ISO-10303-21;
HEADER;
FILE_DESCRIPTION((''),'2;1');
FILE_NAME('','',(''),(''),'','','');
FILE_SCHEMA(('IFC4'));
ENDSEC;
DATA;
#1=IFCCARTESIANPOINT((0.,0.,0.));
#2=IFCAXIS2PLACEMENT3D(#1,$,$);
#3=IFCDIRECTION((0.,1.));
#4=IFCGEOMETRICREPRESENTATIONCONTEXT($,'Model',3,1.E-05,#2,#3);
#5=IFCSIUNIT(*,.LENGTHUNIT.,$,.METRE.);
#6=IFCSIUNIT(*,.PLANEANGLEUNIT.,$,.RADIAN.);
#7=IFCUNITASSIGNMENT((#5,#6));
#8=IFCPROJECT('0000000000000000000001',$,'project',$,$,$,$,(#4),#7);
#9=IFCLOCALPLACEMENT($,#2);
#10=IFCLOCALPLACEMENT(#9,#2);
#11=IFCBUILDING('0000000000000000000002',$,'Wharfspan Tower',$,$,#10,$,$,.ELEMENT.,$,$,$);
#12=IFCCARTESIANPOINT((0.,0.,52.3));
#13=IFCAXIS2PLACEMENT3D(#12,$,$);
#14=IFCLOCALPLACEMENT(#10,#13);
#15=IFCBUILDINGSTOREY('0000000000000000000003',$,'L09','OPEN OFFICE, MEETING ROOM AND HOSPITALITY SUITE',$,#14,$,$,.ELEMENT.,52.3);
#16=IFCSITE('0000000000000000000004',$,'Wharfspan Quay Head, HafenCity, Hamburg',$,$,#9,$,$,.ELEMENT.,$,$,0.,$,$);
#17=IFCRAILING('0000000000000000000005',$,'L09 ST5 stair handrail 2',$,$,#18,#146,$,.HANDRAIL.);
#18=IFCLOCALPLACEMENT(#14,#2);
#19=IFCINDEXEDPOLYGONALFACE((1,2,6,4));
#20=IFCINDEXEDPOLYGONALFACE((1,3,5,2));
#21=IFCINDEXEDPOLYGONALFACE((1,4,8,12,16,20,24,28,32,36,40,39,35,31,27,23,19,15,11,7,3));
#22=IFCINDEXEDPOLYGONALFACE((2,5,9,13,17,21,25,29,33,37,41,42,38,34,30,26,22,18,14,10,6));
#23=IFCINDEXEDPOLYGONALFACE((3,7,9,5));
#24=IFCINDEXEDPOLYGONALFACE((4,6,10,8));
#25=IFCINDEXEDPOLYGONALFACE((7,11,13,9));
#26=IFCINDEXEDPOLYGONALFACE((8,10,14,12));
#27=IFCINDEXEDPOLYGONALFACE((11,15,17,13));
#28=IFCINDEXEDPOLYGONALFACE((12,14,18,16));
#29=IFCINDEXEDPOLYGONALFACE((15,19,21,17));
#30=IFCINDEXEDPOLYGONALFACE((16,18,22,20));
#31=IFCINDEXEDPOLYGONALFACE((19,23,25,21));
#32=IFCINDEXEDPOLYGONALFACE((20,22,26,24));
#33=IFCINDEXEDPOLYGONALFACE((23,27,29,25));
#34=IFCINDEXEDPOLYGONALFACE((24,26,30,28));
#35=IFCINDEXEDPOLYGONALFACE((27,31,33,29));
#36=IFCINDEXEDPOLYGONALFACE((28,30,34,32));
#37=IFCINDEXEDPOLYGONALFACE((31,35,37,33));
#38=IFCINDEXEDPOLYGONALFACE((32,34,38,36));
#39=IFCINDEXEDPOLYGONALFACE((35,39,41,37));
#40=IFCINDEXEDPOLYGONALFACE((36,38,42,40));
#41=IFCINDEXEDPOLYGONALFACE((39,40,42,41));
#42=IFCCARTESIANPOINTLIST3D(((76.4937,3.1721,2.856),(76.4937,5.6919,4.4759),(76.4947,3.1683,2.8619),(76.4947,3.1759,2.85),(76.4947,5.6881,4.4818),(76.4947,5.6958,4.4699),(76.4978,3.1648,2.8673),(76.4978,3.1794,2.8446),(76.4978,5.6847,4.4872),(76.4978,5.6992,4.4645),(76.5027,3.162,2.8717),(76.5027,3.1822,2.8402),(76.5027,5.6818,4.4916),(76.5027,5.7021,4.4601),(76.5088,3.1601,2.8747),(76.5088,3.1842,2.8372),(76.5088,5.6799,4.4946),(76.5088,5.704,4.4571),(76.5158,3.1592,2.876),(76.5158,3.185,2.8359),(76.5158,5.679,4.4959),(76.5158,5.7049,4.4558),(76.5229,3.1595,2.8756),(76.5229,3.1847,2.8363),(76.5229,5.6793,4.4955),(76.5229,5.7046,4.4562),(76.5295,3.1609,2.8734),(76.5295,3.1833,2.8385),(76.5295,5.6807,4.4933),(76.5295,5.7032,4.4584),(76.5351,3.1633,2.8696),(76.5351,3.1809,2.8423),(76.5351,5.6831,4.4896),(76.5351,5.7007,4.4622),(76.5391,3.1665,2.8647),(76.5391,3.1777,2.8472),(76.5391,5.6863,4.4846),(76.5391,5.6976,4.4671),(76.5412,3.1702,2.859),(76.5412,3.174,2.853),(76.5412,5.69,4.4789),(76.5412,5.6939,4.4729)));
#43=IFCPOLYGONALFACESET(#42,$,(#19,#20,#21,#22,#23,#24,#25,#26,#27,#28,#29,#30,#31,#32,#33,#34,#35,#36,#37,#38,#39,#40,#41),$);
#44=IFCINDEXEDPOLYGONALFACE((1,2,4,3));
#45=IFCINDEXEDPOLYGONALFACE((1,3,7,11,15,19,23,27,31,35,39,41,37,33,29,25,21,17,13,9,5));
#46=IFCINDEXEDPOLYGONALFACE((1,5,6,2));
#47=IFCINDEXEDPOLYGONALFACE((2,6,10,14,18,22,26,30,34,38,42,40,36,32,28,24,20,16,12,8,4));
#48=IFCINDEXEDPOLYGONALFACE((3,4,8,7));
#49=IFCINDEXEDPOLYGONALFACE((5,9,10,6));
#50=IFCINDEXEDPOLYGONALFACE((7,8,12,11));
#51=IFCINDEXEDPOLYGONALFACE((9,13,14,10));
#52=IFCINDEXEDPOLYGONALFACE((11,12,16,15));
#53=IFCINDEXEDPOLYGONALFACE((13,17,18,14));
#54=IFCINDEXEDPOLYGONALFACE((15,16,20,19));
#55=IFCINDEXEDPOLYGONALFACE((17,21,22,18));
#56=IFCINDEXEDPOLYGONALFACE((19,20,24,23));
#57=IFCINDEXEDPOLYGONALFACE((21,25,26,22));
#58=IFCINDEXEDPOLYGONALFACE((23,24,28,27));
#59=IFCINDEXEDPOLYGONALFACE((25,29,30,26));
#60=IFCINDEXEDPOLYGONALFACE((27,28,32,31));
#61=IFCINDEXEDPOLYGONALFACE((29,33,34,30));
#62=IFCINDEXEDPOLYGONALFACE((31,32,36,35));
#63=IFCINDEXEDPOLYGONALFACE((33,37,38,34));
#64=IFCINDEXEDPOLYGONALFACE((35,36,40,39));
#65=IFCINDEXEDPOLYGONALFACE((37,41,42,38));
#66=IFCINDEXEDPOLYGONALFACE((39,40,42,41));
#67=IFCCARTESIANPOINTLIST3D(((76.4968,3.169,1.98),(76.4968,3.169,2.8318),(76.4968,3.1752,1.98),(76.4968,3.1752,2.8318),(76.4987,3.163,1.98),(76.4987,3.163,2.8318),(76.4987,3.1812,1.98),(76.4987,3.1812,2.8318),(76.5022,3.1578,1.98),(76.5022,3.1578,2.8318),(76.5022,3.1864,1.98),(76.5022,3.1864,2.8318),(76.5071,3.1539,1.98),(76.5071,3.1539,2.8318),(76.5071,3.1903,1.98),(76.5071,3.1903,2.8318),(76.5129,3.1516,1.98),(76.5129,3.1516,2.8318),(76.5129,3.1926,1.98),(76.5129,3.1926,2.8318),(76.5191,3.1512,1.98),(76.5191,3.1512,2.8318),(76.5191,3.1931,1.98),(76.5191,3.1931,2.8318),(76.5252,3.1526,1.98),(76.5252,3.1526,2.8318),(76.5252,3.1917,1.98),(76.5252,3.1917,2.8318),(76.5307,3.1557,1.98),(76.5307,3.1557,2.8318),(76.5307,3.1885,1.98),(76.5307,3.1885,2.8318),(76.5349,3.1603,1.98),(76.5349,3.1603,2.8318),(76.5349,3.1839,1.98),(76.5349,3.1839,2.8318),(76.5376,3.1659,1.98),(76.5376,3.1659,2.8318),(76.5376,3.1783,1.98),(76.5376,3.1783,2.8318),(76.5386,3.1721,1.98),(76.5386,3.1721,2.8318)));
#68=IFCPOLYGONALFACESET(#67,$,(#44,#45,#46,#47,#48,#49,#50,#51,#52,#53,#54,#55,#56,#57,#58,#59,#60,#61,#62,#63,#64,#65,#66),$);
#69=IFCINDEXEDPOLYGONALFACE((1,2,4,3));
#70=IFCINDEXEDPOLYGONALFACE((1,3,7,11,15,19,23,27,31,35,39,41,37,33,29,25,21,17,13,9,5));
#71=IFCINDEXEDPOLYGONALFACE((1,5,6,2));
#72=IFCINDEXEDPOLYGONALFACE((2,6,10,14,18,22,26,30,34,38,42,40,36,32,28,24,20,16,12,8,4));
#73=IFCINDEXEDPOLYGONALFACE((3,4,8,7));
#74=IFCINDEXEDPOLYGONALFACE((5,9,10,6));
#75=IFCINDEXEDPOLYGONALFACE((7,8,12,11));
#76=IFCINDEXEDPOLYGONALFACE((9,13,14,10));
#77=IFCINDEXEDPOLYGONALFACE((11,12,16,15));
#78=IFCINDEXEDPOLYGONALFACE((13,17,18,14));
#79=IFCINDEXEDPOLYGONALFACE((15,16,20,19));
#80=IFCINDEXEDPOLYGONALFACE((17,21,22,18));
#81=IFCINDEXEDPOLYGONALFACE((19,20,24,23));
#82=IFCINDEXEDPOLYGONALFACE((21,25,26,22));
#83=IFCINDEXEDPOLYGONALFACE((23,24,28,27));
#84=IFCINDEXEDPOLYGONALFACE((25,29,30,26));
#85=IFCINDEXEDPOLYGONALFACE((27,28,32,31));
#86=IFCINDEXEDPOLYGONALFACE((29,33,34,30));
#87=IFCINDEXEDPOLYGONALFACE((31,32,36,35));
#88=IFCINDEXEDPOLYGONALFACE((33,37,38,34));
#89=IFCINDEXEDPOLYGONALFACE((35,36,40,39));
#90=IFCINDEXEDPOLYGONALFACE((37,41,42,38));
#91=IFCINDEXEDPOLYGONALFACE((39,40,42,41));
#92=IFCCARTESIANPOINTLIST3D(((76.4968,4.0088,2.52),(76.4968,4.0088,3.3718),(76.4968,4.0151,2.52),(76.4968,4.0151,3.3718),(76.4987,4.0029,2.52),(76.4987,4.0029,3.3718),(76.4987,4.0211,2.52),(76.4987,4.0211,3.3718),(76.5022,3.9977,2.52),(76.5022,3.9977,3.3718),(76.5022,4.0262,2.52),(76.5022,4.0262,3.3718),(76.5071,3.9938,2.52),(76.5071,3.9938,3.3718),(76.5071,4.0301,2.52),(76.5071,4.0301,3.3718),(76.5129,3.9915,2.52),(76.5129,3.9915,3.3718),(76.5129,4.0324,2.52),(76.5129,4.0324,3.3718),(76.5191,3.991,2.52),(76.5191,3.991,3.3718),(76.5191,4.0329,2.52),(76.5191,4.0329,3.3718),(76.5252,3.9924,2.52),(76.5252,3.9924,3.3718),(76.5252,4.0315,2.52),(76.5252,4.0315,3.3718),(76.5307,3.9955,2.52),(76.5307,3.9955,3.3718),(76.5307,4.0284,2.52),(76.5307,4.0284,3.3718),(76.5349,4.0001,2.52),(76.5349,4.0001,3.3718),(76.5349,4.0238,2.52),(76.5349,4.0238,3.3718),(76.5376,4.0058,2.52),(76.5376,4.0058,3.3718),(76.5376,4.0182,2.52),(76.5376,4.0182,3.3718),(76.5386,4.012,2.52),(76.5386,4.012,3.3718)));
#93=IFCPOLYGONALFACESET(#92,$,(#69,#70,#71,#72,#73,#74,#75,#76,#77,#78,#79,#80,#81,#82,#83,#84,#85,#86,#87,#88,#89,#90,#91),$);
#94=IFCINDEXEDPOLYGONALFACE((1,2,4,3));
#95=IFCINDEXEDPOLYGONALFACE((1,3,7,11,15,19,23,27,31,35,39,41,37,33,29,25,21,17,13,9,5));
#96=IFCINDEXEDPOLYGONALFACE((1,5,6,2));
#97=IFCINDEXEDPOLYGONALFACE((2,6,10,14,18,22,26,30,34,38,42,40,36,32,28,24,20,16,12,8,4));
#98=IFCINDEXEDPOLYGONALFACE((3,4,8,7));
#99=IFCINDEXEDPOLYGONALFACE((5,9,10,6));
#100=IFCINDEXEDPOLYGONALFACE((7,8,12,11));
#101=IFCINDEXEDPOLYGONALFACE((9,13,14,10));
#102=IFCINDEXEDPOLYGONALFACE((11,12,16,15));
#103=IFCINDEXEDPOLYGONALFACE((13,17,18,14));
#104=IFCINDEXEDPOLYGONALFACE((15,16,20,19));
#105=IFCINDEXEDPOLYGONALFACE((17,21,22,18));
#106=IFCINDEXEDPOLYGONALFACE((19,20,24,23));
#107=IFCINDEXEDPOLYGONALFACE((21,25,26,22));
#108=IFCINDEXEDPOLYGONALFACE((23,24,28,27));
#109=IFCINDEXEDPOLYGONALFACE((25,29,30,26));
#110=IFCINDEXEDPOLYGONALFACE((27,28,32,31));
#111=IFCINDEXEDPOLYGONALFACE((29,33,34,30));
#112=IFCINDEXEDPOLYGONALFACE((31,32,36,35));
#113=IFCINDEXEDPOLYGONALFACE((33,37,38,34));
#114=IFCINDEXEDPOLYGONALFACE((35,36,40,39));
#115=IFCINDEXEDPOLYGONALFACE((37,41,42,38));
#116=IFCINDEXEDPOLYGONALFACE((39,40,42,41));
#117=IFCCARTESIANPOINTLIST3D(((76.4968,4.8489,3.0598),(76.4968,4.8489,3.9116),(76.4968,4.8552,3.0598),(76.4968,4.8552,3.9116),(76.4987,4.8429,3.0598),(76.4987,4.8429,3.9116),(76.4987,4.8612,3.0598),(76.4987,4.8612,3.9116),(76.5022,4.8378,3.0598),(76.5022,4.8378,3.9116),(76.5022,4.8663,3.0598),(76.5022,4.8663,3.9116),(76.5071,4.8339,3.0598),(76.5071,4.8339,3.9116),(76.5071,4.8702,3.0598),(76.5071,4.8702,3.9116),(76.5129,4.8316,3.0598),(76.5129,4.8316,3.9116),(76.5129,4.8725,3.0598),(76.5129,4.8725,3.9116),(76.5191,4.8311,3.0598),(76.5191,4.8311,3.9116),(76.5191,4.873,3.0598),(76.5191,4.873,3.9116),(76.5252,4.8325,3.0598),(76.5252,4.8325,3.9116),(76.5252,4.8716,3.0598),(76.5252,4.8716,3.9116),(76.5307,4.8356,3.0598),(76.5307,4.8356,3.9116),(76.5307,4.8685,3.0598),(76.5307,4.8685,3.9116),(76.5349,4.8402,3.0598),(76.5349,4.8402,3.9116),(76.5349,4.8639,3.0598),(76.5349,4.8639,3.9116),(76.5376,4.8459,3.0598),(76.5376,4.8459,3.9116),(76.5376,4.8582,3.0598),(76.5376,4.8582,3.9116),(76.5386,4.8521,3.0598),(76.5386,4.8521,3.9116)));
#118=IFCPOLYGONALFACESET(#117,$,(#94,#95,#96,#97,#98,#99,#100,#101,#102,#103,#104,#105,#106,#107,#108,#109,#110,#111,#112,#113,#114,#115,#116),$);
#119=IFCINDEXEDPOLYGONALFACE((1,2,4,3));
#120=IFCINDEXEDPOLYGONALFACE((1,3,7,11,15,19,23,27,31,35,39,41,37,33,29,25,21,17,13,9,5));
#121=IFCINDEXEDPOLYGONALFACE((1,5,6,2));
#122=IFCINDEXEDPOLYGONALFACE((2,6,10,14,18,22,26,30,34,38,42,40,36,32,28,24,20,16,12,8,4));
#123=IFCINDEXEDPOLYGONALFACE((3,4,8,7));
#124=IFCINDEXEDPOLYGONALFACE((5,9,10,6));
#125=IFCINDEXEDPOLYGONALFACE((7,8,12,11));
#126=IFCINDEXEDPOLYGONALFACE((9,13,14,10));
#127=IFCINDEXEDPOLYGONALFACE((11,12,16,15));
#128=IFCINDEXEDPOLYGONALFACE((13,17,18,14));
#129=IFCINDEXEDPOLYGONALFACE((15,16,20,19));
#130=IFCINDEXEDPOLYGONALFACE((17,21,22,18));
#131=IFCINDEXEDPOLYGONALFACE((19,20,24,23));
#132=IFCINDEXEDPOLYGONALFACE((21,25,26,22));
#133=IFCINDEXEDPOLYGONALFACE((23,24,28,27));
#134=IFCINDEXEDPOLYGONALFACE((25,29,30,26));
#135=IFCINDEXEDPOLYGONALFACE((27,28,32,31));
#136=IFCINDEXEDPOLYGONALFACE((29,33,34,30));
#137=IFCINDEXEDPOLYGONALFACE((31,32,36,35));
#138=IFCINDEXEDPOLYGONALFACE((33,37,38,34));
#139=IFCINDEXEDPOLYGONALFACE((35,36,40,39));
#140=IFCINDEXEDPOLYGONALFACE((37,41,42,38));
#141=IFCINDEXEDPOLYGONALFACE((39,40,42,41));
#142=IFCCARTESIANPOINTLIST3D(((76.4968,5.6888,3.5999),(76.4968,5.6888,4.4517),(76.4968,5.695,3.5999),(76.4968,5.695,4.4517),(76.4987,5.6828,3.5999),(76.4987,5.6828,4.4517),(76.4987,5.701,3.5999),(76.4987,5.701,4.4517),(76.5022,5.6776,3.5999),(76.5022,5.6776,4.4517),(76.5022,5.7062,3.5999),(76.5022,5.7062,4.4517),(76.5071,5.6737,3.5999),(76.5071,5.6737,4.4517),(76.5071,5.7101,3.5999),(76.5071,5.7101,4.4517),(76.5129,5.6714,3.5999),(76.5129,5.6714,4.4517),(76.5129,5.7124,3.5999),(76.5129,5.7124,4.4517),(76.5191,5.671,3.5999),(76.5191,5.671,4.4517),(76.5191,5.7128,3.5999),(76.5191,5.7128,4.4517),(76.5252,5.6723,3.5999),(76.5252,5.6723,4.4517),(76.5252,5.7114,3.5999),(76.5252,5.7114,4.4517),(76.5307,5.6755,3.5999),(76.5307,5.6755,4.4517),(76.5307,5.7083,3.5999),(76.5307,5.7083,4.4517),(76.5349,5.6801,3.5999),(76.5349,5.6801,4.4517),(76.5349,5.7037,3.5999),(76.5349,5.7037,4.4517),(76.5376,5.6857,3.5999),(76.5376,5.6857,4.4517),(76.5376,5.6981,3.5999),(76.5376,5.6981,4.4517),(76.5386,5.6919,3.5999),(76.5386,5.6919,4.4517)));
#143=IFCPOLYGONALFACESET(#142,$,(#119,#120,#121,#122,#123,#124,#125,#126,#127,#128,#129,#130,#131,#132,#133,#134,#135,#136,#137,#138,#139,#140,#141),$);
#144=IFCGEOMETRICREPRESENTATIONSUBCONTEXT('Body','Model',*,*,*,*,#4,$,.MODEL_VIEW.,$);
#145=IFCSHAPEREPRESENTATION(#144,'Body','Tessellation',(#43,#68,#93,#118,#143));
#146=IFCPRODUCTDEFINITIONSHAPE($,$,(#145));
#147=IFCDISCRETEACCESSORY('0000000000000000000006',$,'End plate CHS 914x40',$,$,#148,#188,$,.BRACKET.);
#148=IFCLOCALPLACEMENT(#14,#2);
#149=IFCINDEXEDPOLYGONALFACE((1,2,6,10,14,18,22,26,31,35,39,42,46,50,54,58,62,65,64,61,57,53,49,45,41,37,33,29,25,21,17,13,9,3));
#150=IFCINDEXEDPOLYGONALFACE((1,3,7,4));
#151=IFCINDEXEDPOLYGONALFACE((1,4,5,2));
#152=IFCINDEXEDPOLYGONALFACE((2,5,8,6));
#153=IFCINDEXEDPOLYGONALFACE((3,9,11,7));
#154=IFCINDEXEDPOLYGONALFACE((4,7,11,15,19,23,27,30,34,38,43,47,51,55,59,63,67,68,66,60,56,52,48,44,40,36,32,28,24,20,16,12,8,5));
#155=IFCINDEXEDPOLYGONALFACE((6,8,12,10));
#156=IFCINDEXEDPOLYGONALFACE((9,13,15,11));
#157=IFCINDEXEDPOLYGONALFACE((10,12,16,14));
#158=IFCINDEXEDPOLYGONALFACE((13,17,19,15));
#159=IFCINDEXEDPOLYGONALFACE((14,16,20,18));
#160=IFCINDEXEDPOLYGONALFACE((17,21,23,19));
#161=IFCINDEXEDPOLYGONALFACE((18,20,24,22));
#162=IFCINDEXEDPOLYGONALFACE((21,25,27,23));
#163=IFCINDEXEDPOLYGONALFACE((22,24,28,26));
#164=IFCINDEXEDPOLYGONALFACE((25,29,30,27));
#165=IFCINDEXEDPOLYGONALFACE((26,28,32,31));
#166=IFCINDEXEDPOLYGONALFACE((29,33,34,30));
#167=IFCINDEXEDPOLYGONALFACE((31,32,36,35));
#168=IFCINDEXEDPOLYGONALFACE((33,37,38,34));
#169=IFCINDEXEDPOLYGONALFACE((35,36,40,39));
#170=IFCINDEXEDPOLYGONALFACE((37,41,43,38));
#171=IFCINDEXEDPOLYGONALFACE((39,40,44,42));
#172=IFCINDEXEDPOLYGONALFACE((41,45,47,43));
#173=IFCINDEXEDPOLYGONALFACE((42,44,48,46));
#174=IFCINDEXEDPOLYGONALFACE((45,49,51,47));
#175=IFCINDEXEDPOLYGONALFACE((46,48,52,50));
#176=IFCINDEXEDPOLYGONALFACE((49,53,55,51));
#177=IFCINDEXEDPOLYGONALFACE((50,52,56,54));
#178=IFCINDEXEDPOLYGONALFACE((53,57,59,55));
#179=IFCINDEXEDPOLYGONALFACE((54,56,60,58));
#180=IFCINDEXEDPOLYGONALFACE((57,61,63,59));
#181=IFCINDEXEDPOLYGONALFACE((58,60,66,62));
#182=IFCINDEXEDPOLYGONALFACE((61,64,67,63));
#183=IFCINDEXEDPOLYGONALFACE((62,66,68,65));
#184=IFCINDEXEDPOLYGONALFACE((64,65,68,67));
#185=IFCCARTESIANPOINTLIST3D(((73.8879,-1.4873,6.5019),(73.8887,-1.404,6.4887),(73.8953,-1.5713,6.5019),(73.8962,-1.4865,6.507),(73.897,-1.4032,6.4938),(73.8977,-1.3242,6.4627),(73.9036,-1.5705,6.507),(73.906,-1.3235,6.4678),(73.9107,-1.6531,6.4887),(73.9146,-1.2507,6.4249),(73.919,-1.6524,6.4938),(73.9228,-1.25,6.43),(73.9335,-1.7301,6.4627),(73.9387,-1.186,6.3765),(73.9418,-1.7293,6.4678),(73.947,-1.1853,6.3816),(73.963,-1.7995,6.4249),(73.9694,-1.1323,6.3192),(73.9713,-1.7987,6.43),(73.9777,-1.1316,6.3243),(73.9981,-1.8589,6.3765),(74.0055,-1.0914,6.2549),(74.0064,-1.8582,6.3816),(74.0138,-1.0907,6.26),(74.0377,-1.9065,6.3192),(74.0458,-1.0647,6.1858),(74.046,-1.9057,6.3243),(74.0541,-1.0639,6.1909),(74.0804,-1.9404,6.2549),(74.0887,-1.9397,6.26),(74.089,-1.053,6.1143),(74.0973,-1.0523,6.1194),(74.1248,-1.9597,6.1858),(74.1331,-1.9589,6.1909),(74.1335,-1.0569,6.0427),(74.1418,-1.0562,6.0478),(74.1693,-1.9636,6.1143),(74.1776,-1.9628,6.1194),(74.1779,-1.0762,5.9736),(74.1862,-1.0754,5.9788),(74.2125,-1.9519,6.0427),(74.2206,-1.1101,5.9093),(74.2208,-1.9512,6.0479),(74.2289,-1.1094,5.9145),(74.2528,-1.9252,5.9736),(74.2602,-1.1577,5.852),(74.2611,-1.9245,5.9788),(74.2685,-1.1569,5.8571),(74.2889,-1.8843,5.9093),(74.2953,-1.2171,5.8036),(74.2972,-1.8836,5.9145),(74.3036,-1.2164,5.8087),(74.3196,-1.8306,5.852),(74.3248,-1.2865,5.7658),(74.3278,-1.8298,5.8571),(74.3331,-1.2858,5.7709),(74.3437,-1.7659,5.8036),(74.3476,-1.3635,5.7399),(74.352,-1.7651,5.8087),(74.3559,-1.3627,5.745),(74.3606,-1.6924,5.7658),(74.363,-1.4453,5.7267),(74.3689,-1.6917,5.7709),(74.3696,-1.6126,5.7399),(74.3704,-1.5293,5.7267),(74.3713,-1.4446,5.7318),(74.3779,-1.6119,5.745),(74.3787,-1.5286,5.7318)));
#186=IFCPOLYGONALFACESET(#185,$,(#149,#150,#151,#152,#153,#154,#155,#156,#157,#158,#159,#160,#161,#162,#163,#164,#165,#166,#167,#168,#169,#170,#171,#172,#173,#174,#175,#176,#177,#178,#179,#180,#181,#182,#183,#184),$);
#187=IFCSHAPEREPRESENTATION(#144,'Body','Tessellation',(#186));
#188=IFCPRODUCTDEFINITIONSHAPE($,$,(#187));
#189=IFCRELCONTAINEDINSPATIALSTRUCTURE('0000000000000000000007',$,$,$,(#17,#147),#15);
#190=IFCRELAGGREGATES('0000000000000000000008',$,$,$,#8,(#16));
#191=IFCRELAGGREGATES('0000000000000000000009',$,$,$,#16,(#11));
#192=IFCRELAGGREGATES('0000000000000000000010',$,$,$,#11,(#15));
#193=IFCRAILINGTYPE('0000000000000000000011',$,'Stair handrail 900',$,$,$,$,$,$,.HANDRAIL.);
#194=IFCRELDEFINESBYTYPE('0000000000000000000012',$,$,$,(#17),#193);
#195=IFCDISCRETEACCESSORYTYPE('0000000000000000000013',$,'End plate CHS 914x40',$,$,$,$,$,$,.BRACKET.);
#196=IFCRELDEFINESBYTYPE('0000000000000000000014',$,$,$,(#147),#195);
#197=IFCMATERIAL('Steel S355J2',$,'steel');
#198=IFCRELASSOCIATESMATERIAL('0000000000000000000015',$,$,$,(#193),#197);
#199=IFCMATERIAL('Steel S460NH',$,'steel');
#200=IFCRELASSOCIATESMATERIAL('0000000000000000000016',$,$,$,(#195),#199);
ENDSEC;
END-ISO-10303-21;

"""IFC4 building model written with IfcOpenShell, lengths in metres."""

from ifc_helpers import new_model, si_unit, direction, frame, origin, origin_2d, place, context, subcontext, project, spatial, circle, extrude, material, material_profile, profile_set, type_object, element, save


model = new_model("IFC4")

# Units and contexts
model_context = context("Model", 3, precision=1e-05, world=origin(), true_north=direction((0.0, 1.0)))
body_context = subcontext(model_context, "Body", "Model", "MODEL_VIEW")
ifc_project = project(units=[si_unit("LENGTHUNIT", "METRE"), si_unit("PLANEANGLEUNIT", "RADIAN")], contexts=[model_context])

# Site, building, storey
site_placement = place(None, origin())
site = spatial("IfcSite", under=ifc_project, at=site_placement, Name="Wharfspan Quay Head, HafenCity, Hamburg", CompositionType="ELEMENT", RefElevation=0.0)
building_placement = place(site_placement, origin())
building = spatial("IfcBuilding", under=site, at=building_placement, Name="Wharfspan Tower", CompositionType="ELEMENT")
storey_placement = place(building_placement, frame((0.0, 0.0, 52.3)))
storey = spatial("IfcBuildingStorey", under=building, at=storey_placement, Name="L09", Description="OPEN OFFICE, MEETING ROOM AND HOSPITALITY SUITE", CompositionType="ELEMENT", Elevation=52.3)

# Railing
ifc_material_1 = material(Name="Steel S355J2", Category="steel")
railing_type_1 = type_object("IfcRailingType", Name="Stair handrail 900", PredefinedType="HANDRAIL", material=ifc_material_1)
railing_1_placement = place(storey_placement, frame((76.5176, 3.1721, 1.98)))
element("IfcRailing", 1, at=railing_1_placement, inside=storey, type_object=railing_type_1, Name="L09 ST5 stair handrail 2", PredefinedType="HANDRAIL", context=body_context, shape_type="SweptSolid", body=[
    extrude(circle(Radius=0.0239, at=origin_2d()), frame((0.0, 0.0, 0.876), z_axis=(0.0, 0.841176, 0.540762), x_axis=(-1.0, 0.0, 0.0)), (0.0, 0.0, 1.0), 2.9956),
    extrude(circle(Radius=0.021, at=origin_2d()), origin(), (0.0, 0.0, 1.0), 0.8518),
    extrude(circle(Radius=0.021, at=origin_2d()), frame((0.0, 0.8398, 0.54)), (0.0, 0.0, 1.0), 0.8518),
    extrude(circle(Radius=0.021, at=origin_2d()), frame((0.0, 1.6799, 1.0798)), (0.0, 0.0, 1.0), 0.8518),
    extrude(circle(Radius=0.021, at=origin_2d()), frame((0.0, 2.5198, 1.6199)), (0.0, 0.0, 1.0), 0.8518),
])

# Discrete accessory
ifc_material_2 = material(Name="Steel S460NH", Category="steel")
ifc_material_profile_1 = material_profile(ifc_material_2, circle(Radius=0.457, at=origin_2d()))
ifc_profile_set_1 = profile_set([ifc_material_profile_1], Name="Steel S460NH")
discrete_accessory_type = type_object("IfcDiscreteAccessoryType", Name="End plate CHS 914x40", PredefinedType="BRACKET", material=ifc_profile_set_1)
discrete_accessory_1_placement = place(storey_placement, frame((74.1291, -1.5083, 6.1143), z_axis=(0.848411, 0.07486, 0.524018), x_axis=(-0.087893, 0.996132, -0.000002)))
element("IfcDiscreteAccessory", 2, at=discrete_accessory_1_placement, inside=storey, type_object=discrete_accessory_type, Name="End plate CHS 914x40", PredefinedType="BRACKET", context=body_context, shape_type="SweptSolid", body=[
    extrude(circle(Radius=0.457, at=origin_2d()), origin(), (0.0, 0.0, 1.0), 0.0098),
])

save(model, "model.ifc")
